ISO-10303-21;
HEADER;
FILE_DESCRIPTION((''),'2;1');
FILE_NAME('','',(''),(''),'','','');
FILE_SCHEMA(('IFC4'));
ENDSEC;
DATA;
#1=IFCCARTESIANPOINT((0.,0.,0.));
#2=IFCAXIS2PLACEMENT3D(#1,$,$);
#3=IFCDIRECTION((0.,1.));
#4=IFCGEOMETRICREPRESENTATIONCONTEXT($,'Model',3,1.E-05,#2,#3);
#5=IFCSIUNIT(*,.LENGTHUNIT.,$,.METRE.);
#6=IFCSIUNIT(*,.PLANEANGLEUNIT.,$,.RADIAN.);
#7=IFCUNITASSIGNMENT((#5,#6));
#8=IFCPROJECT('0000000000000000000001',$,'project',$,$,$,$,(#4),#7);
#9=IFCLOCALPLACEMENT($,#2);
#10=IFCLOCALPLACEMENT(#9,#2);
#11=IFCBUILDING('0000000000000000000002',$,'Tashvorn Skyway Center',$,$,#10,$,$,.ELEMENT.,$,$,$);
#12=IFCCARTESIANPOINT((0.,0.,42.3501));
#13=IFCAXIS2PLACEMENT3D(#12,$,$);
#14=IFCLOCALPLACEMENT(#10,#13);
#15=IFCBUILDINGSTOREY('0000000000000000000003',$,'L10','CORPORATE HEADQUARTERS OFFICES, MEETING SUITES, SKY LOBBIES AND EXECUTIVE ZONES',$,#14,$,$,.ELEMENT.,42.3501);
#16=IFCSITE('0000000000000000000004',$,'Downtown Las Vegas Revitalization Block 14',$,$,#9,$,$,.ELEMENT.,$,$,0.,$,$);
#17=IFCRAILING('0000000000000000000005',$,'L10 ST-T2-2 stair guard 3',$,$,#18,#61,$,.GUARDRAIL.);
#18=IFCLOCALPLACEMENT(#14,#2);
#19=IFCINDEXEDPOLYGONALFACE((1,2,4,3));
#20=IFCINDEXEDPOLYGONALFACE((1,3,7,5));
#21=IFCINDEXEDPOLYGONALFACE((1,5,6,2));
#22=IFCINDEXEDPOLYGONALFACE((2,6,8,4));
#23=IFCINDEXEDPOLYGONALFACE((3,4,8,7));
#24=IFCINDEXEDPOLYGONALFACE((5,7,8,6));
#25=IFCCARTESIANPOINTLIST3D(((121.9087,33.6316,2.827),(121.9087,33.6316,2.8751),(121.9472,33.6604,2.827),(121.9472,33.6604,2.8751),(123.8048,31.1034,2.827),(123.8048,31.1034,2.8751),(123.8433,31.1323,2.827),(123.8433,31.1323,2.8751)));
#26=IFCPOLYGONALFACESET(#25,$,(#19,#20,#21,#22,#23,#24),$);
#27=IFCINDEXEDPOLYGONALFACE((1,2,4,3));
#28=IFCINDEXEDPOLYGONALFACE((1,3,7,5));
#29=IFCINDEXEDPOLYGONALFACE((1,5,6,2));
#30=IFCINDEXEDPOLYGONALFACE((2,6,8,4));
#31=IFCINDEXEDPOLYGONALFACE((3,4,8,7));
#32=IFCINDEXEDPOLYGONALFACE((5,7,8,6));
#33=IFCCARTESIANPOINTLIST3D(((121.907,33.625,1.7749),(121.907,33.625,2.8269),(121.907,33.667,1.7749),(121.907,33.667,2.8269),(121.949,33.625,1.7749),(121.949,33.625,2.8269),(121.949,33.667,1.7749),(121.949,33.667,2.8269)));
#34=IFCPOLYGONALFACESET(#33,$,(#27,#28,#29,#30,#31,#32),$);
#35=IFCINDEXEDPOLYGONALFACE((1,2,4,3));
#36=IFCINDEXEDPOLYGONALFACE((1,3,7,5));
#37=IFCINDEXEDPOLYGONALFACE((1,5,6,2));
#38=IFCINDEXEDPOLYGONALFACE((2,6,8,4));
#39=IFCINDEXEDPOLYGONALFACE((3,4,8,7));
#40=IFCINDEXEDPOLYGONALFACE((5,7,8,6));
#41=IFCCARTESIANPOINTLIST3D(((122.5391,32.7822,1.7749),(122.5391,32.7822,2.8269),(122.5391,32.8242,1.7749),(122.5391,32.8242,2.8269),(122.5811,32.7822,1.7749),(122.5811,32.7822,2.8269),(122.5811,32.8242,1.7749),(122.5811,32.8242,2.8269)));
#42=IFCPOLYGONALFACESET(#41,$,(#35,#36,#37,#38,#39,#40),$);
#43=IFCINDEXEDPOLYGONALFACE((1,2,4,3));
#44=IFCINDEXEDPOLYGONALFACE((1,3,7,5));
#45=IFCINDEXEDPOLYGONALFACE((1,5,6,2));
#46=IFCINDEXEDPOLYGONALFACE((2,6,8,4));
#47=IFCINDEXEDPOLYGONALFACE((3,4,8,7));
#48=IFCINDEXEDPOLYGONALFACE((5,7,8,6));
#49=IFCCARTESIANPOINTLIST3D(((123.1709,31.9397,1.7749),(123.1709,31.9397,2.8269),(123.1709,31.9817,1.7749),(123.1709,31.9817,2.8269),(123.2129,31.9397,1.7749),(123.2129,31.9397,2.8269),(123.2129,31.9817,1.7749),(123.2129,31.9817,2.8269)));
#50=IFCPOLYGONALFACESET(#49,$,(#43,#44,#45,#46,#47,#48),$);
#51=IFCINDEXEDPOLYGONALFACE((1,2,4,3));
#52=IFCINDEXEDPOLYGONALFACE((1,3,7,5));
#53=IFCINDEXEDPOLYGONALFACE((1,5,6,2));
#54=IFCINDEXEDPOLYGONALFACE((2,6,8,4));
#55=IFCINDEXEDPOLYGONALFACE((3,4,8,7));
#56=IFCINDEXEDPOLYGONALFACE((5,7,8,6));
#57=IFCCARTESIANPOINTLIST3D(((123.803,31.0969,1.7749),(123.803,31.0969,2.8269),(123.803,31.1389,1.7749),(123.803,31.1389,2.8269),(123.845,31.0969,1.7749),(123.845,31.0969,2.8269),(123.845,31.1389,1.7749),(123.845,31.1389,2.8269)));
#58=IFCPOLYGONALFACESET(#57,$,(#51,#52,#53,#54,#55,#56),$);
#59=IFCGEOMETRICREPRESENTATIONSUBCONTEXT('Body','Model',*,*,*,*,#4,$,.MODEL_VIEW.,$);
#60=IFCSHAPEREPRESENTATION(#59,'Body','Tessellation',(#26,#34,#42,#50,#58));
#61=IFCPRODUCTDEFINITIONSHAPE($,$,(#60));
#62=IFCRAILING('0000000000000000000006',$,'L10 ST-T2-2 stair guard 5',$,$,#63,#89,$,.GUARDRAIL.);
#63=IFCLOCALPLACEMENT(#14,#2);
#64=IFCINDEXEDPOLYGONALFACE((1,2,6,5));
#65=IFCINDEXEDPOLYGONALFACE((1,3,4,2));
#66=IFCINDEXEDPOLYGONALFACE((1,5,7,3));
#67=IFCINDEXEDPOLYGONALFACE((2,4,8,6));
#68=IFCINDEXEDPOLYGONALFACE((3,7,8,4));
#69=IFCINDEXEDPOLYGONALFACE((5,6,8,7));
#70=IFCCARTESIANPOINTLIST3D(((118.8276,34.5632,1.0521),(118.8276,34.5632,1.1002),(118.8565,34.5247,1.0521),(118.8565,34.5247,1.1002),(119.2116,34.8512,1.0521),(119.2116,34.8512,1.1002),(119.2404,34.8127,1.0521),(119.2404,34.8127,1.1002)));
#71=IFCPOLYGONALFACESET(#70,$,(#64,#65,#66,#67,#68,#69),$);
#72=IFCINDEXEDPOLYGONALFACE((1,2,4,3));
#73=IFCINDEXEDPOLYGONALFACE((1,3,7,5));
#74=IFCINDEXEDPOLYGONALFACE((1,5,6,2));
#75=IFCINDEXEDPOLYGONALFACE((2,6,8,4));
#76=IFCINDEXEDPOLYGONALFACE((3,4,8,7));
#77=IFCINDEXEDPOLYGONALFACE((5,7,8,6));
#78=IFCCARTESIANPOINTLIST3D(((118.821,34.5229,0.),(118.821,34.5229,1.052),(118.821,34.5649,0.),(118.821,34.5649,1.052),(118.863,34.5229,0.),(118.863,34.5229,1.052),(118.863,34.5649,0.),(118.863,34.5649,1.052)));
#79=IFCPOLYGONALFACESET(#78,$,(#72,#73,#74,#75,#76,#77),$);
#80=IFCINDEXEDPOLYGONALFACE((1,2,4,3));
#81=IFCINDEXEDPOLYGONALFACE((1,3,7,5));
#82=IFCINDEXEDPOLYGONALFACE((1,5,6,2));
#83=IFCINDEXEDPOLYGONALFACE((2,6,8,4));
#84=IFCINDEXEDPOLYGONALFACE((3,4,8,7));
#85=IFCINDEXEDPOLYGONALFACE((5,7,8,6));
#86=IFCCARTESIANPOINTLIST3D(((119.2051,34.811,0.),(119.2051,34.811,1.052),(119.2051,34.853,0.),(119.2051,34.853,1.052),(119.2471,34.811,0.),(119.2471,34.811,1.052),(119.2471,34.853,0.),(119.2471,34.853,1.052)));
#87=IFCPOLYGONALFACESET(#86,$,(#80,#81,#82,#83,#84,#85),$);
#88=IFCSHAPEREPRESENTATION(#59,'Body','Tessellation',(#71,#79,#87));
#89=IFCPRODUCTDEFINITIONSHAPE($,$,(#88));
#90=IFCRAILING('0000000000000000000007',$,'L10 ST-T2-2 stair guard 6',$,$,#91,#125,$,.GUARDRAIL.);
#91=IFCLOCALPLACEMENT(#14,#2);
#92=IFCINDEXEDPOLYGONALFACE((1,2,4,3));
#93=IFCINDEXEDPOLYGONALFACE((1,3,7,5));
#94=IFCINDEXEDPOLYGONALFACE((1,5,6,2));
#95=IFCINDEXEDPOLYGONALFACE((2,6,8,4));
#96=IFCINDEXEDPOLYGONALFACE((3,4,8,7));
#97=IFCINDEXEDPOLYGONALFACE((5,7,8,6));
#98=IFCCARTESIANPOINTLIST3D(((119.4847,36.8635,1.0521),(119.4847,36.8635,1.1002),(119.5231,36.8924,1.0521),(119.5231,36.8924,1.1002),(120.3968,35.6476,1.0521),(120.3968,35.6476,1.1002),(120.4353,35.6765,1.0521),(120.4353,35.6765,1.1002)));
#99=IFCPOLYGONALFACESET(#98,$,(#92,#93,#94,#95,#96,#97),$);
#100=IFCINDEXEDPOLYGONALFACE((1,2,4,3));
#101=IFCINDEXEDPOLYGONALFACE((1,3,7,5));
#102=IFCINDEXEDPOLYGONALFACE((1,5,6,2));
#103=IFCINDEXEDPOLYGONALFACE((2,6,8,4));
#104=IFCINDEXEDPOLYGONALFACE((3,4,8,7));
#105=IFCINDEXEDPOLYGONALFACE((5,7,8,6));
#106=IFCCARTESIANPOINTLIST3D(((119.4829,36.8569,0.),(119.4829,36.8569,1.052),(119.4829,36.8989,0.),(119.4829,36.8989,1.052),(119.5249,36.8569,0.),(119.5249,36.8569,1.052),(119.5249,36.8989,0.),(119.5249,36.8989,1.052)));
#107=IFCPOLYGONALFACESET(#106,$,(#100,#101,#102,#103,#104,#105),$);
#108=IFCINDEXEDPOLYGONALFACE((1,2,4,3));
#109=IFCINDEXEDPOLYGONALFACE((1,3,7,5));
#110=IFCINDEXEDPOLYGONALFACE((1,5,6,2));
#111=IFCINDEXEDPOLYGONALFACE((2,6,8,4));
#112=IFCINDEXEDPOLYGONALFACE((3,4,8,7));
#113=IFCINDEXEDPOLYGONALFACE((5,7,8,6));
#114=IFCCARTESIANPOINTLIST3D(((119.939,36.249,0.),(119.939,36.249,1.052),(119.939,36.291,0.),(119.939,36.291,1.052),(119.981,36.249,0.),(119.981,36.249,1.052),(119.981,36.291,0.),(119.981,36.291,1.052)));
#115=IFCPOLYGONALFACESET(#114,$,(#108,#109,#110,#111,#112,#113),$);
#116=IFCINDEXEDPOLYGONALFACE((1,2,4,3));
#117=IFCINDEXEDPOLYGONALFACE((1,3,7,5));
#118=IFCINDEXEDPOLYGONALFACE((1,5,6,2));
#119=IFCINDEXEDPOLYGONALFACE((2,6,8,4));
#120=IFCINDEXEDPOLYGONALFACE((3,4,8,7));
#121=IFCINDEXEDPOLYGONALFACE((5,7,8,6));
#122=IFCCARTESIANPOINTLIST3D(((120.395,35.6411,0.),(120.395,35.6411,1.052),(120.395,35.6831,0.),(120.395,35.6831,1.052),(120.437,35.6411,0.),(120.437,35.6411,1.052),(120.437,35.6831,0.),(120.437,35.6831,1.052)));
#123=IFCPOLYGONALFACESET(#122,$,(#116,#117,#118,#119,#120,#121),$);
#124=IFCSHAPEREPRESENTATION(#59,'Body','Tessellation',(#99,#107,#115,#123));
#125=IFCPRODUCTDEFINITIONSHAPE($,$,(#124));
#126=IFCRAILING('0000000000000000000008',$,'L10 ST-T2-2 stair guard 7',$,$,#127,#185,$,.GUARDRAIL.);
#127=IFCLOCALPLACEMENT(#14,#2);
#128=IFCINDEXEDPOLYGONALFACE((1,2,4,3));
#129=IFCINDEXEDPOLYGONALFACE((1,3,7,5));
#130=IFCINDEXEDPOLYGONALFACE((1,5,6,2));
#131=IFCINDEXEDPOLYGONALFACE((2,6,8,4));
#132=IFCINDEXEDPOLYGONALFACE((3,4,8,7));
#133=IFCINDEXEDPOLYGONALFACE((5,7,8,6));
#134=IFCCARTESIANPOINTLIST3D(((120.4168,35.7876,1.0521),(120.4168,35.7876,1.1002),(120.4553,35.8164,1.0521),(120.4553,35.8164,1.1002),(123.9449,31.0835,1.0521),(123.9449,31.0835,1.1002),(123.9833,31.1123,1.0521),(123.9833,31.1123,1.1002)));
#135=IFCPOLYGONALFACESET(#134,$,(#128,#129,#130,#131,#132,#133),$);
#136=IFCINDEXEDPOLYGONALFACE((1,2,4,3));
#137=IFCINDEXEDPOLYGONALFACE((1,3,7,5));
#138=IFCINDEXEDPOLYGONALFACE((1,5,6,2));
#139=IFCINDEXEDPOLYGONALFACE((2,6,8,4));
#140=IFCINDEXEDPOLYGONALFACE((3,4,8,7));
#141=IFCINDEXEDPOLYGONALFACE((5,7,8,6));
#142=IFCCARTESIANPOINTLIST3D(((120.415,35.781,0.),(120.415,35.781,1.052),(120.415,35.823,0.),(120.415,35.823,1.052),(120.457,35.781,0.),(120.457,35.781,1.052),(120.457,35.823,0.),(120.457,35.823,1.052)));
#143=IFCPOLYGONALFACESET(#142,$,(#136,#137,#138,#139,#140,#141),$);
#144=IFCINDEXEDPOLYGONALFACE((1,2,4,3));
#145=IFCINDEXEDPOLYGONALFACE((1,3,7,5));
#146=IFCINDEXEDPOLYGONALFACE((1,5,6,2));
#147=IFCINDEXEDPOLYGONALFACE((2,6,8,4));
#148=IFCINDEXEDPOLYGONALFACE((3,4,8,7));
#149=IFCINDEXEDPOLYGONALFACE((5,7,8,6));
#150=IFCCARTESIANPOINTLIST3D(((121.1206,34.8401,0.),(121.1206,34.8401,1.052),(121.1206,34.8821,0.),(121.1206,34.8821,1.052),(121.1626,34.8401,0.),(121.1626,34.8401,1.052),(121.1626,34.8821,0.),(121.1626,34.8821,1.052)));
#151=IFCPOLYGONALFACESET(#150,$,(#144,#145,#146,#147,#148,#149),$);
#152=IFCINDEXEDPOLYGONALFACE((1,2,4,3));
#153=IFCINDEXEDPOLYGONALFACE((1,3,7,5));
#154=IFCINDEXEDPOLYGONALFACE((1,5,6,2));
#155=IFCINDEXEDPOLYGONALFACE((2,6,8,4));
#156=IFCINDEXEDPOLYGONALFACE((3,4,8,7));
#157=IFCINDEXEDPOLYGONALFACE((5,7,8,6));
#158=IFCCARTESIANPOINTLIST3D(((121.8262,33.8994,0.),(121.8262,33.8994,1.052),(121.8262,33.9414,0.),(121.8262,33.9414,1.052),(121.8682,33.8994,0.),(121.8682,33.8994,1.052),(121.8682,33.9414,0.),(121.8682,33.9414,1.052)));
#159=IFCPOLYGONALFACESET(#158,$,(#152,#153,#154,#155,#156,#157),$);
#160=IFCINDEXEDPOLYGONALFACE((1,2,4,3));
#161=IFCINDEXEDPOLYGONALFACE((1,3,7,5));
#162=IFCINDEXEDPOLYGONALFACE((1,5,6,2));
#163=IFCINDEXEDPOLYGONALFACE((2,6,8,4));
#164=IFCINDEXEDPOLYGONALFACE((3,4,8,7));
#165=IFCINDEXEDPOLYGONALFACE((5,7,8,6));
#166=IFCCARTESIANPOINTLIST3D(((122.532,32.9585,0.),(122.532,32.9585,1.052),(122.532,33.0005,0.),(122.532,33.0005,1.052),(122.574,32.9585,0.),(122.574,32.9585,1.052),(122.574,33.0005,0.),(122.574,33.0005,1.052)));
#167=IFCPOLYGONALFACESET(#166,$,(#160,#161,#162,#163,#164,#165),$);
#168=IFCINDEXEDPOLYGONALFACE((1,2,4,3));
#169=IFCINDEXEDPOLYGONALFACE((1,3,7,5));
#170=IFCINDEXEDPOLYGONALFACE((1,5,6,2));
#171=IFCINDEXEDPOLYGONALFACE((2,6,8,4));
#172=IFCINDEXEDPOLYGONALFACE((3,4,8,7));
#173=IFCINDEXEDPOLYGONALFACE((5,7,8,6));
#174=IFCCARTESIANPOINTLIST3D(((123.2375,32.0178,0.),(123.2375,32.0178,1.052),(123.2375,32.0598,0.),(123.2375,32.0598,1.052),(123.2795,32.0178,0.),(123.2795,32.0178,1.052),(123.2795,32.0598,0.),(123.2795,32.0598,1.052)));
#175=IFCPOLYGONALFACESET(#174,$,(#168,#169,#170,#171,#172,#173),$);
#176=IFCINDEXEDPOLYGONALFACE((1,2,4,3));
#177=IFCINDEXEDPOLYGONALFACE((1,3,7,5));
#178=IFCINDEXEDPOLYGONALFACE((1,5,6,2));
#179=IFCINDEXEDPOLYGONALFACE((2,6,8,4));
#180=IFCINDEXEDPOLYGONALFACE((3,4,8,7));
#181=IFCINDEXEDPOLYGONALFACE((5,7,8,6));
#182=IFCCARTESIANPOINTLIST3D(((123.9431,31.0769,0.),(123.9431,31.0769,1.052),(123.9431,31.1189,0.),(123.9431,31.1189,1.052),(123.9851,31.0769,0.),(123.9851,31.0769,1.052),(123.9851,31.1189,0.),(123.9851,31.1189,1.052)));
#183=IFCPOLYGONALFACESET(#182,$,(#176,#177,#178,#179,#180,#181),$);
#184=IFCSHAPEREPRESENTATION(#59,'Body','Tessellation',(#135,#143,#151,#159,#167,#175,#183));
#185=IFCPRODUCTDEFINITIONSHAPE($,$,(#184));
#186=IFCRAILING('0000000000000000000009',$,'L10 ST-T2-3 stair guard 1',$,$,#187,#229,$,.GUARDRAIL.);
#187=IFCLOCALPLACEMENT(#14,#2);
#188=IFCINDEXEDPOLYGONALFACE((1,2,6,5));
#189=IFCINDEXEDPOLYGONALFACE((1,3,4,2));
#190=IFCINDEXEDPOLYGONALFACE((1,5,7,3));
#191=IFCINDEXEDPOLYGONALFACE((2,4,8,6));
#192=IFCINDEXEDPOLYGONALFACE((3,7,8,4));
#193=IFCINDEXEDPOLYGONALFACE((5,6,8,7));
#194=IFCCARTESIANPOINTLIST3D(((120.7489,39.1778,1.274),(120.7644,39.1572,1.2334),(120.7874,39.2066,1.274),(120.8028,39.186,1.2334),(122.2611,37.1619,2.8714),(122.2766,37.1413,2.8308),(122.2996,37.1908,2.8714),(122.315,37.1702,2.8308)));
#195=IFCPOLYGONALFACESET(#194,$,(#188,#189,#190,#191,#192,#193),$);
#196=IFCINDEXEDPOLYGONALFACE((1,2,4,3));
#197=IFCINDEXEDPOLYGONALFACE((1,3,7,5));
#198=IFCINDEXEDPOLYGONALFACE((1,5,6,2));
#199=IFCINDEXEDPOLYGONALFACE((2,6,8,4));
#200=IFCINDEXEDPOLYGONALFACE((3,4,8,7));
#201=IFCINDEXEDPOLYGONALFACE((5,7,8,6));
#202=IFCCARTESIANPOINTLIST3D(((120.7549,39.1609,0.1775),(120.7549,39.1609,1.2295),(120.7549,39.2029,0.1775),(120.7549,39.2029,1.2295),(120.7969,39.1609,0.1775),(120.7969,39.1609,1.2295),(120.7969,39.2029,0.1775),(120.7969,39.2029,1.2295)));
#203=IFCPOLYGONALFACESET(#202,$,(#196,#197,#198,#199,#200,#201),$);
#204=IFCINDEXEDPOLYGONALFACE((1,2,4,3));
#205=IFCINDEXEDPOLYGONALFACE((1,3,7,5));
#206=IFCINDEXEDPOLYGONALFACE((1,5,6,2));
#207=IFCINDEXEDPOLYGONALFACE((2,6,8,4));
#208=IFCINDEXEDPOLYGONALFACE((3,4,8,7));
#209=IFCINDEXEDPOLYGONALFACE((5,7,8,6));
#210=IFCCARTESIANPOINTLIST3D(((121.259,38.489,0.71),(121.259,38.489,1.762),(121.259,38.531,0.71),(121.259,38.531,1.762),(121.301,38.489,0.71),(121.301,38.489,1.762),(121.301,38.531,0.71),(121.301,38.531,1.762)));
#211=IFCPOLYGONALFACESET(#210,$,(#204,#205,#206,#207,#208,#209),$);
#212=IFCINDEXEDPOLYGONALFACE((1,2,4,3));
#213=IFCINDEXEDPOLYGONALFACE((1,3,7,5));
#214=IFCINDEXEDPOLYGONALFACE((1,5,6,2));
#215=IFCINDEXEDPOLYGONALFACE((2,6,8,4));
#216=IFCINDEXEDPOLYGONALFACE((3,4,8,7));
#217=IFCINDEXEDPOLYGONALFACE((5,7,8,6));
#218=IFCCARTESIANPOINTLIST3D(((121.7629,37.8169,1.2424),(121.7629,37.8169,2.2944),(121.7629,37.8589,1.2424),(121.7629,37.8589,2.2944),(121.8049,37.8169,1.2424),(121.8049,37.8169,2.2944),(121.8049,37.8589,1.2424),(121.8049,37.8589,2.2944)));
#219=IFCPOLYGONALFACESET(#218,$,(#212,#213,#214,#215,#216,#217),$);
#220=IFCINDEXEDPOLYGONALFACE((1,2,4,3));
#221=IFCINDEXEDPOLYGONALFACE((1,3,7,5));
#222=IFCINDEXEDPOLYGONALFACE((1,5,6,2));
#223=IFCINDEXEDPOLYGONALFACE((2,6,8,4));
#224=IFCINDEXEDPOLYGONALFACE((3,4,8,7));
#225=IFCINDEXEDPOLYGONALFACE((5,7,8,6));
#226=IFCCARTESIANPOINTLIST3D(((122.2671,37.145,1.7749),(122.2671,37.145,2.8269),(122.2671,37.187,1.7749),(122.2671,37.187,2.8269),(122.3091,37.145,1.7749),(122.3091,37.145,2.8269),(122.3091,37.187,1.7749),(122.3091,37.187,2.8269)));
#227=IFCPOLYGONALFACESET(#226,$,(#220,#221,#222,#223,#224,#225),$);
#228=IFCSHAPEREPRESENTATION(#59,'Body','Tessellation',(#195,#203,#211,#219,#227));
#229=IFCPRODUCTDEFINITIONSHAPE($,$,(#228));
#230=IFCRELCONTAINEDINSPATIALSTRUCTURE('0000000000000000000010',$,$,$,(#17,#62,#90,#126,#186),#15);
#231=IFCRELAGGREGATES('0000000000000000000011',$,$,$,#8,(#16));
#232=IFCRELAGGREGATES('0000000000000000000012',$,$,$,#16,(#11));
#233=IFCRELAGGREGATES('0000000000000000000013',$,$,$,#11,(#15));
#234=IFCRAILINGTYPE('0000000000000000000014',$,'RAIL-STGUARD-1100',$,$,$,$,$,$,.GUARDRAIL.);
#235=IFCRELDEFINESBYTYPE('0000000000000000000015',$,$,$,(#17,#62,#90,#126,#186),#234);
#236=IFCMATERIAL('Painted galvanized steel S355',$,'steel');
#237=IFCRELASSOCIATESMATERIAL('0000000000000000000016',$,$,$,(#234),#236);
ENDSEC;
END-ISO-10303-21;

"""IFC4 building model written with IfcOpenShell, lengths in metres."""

from ifc_helpers import new_model, si_unit, direction, frame, origin, origin_2d, place, context, subcontext, project, spatial, rectangle, extrude, material, type_object, element, save


model = new_model("IFC4")

# Units and contexts
model_context = context("Model", 3, precision=1e-05, world=origin(), true_north=direction((0.0, 1.0)))
body_context = subcontext(model_context, "Body", "Model", "MODEL_VIEW")
ifc_project = project(units=[si_unit("LENGTHUNIT", "METRE"), si_unit("PLANEANGLEUNIT", "RADIAN")], contexts=[model_context])

# Site, building, storey
site_placement = place(None, origin())
site = spatial("IfcSite", under=ifc_project, at=site_placement, Name="Downtown Las Vegas Revitalization Block 14", CompositionType="ELEMENT", RefElevation=0.0)
building_placement = place(site_placement, origin())
building = spatial("IfcBuilding", under=site, at=building_placement, Name="Tashvorn Skyway Center", CompositionType="ELEMENT")
storey_placement = place(building_placement, frame((0.0, 0.0, 42.3501)))
storey = spatial("IfcBuildingStorey", under=building, at=storey_placement, Name="L10", Description="CORPORATE HEADQUARTERS OFFICES, MEETING SUITES, SKY LOBBIES AND EXECUTIVE ZONES", CompositionType="ELEMENT", Elevation=42.3501)

# Railings
ifc_material_1 = material(Name="Painted galvanized steel S355", Category="steel")
railing_type_1 = type_object("IfcRailingType", Name="RAIL-STGUARD-1100", PredefinedType="GUARDRAIL", material=ifc_material_1)
railing_1_placement = place(storey_placement, frame((121.928, 33.646, 1.7749)))
element("IfcRailing", 1, at=railing_1_placement, inside=storey, type_object=railing_type_1, Name="L10 ST-T2-2 stair guard 3", PredefinedType="GUARDRAIL", context=body_context, shape_type="SweptSolid", body=[
    extrude(rectangle(XDim=0.0481, YDim=0.0481, at=origin_2d()), frame((0.0, 0.0, 1.0762), z_axis=(0.599988, -0.800009, 0.0), x_axis=(0.800009, 0.599988, 0.0)), (0.0, 0.0, 1.0), 3.1602),
    extrude(rectangle(XDim=0.042, YDim=0.042, at=origin_2d()), origin(), (0.0, 0.0, 1.0), 1.052),
    extrude(rectangle(XDim=0.042, YDim=0.042, at=origin_2d()), frame((0.6321, -0.8428, 0.0)), (0.0, 0.0, 1.0), 1.052),
    extrude(rectangle(XDim=0.042, YDim=0.042, at=origin_2d()), frame((1.2639, -1.6853, 0.0)), (0.0, 0.0, 1.0), 1.052),
    extrude(rectangle(XDim=0.042, YDim=0.042, at=origin_2d()), frame((1.896, -2.5281, 0.0)), (0.0, 0.0, 1.0), 1.052),
])
railing_2_placement = place(storey_placement, frame((118.842, 34.5439, 0.0)))
element("IfcRailing", 2, at=railing_2_placement, inside=storey, type_object=railing_type_1, Name="L10 ST-T2-2 stair guard 5", PredefinedType="GUARDRAIL", context=body_context, shape_type="SweptSolid", body=[
    extrude(rectangle(XDim=0.0481, YDim=0.0481, at=origin_2d()), frame((0.0, 0.0, 1.0762), z_axis=(0.799939, 0.600081, 0.0), x_axis=(-0.600081, 0.799939, 0.0)), (0.0, 0.0, 1.0), 0.48),
    extrude(rectangle(XDim=0.042, YDim=0.042, at=origin_2d()), origin(), (0.0, 0.0, 1.0), 1.052),
    extrude(rectangle(XDim=0.042, YDim=0.042, at=origin_2d()), frame((0.384, 0.2881, 0.0)), (0.0, 0.0, 1.0), 1.052),
])
railing_3_placement = place(storey_placement, frame((119.5039, 36.8779, 0.0)))
element("IfcRailing", 3, at=railing_3_placement, inside=storey, type_object=railing_type_1, Name="L10 ST-T2-2 stair guard 6", PredefinedType="GUARDRAIL", context=body_context, shape_type="SweptSolid", body=[
    extrude(rectangle(XDim=0.0481, YDim=0.0481, at=origin_2d()), frame((0.0, 0.0, 1.0762), z_axis=(0.600103, -0.799923, 0.0), x_axis=(0.799923, 0.600103, 0.0)), (0.0, 0.0, 1.0), 1.52),
    extrude(rectangle(XDim=0.042, YDim=0.042, at=origin_2d()), origin(), (0.0, 0.0, 1.0), 1.052),
    extrude(rectangle(XDim=0.042, YDim=0.042, at=origin_2d()), frame((0.4561, -0.6079, 0.0)), (0.0, 0.0, 1.0), 1.052),
    extrude(rectangle(XDim=0.042, YDim=0.042, at=origin_2d()), frame((0.9121, -1.2158, 0.0)), (0.0, 0.0, 1.0), 1.052),
])
railing_4_placement = place(storey_placement, frame((120.436, 35.802, 0.0)))
element("IfcRailing", 4, at=railing_4_placement, inside=storey, type_object=railing_type_1, Name="L10 ST-T2-2 stair guard 7", PredefinedType="GUARDRAIL", context=body_context, shape_type="SweptSolid", body=[
    extrude(rectangle(XDim=0.0481, YDim=0.0481, at=origin_2d()), frame((0.0, 0.0, 1.0762), z_axis=(0.6, -0.8, 0.0), x_axis=(0.8, 0.6, 0.0)), (0.0, 0.0, 1.0), 5.8801),
    extrude(rectangle(XDim=0.042, YDim=0.042, at=origin_2d()), origin(), (0.0, 0.0, 1.0), 1.052),
    extrude(rectangle(XDim=0.042, YDim=0.042, at=origin_2d()), frame((0.7056, -0.9409, 0.0)), (0.0, 0.0, 1.0), 1.052),
    extrude(rectangle(XDim=0.042, YDim=0.042, at=origin_2d()), frame((1.4111, -1.8816, 0.0)), (0.0, 0.0, 1.0), 1.052),
    extrude(rectangle(XDim=0.042, YDim=0.042, at=origin_2d()), frame((2.1169, -2.8225, 0.0)), (0.0, 0.0, 1.0), 1.052),
    extrude(rectangle(XDim=0.042, YDim=0.042, at=origin_2d()), frame((2.8225, -3.7632, 0.0)), (0.0, 0.0, 1.0), 1.052),
    extrude(rectangle(XDim=0.042, YDim=0.042, at=origin_2d()), frame((3.5281, -4.7041, 0.0)), (0.0, 0.0, 1.0), 1.052),
])
railing_5_placement = place(storey_placement, frame((120.7759, 39.1819, 0.1775)))
element("IfcRailing", 5, at=railing_5_placement, inside=storey, type_object=railing_type_1, Name="L10 ST-T2-3 stair guard 1", PredefinedType="GUARDRAIL", context=body_context, shape_type="SweptSolid", body=[
    extrude(rectangle(XDim=0.0481, YDim=0.0481, at=origin_2d()), frame((0.0, 0.0, 1.0762), z_axis=(0.50683, -0.675636, 0.535387), x_axis=(0.799942, 0.600078, 0.0)), (0.0, 0.0, 1.0), 2.9836),
    extrude(rectangle(XDim=0.042, YDim=0.042, at=origin_2d()), origin(), (0.0, 0.0, 1.0), 1.052),
    extrude(rectangle(XDim=0.042, YDim=0.042, at=origin_2d()), frame((0.5042, -0.6719, 0.5325)), (0.0, 0.0, 1.0), 1.052),
    extrude(rectangle(XDim=0.042, YDim=0.042, at=origin_2d()), frame((1.0081, -1.344, 1.0649)), (0.0, 0.0, 1.0), 1.052),
    extrude(rectangle(XDim=0.042, YDim=0.042, at=origin_2d()), frame((1.5122, -2.0159, 1.5974)), (0.0, 0.0, 1.0), 1.052),
])

save(model, "model.ifc")
